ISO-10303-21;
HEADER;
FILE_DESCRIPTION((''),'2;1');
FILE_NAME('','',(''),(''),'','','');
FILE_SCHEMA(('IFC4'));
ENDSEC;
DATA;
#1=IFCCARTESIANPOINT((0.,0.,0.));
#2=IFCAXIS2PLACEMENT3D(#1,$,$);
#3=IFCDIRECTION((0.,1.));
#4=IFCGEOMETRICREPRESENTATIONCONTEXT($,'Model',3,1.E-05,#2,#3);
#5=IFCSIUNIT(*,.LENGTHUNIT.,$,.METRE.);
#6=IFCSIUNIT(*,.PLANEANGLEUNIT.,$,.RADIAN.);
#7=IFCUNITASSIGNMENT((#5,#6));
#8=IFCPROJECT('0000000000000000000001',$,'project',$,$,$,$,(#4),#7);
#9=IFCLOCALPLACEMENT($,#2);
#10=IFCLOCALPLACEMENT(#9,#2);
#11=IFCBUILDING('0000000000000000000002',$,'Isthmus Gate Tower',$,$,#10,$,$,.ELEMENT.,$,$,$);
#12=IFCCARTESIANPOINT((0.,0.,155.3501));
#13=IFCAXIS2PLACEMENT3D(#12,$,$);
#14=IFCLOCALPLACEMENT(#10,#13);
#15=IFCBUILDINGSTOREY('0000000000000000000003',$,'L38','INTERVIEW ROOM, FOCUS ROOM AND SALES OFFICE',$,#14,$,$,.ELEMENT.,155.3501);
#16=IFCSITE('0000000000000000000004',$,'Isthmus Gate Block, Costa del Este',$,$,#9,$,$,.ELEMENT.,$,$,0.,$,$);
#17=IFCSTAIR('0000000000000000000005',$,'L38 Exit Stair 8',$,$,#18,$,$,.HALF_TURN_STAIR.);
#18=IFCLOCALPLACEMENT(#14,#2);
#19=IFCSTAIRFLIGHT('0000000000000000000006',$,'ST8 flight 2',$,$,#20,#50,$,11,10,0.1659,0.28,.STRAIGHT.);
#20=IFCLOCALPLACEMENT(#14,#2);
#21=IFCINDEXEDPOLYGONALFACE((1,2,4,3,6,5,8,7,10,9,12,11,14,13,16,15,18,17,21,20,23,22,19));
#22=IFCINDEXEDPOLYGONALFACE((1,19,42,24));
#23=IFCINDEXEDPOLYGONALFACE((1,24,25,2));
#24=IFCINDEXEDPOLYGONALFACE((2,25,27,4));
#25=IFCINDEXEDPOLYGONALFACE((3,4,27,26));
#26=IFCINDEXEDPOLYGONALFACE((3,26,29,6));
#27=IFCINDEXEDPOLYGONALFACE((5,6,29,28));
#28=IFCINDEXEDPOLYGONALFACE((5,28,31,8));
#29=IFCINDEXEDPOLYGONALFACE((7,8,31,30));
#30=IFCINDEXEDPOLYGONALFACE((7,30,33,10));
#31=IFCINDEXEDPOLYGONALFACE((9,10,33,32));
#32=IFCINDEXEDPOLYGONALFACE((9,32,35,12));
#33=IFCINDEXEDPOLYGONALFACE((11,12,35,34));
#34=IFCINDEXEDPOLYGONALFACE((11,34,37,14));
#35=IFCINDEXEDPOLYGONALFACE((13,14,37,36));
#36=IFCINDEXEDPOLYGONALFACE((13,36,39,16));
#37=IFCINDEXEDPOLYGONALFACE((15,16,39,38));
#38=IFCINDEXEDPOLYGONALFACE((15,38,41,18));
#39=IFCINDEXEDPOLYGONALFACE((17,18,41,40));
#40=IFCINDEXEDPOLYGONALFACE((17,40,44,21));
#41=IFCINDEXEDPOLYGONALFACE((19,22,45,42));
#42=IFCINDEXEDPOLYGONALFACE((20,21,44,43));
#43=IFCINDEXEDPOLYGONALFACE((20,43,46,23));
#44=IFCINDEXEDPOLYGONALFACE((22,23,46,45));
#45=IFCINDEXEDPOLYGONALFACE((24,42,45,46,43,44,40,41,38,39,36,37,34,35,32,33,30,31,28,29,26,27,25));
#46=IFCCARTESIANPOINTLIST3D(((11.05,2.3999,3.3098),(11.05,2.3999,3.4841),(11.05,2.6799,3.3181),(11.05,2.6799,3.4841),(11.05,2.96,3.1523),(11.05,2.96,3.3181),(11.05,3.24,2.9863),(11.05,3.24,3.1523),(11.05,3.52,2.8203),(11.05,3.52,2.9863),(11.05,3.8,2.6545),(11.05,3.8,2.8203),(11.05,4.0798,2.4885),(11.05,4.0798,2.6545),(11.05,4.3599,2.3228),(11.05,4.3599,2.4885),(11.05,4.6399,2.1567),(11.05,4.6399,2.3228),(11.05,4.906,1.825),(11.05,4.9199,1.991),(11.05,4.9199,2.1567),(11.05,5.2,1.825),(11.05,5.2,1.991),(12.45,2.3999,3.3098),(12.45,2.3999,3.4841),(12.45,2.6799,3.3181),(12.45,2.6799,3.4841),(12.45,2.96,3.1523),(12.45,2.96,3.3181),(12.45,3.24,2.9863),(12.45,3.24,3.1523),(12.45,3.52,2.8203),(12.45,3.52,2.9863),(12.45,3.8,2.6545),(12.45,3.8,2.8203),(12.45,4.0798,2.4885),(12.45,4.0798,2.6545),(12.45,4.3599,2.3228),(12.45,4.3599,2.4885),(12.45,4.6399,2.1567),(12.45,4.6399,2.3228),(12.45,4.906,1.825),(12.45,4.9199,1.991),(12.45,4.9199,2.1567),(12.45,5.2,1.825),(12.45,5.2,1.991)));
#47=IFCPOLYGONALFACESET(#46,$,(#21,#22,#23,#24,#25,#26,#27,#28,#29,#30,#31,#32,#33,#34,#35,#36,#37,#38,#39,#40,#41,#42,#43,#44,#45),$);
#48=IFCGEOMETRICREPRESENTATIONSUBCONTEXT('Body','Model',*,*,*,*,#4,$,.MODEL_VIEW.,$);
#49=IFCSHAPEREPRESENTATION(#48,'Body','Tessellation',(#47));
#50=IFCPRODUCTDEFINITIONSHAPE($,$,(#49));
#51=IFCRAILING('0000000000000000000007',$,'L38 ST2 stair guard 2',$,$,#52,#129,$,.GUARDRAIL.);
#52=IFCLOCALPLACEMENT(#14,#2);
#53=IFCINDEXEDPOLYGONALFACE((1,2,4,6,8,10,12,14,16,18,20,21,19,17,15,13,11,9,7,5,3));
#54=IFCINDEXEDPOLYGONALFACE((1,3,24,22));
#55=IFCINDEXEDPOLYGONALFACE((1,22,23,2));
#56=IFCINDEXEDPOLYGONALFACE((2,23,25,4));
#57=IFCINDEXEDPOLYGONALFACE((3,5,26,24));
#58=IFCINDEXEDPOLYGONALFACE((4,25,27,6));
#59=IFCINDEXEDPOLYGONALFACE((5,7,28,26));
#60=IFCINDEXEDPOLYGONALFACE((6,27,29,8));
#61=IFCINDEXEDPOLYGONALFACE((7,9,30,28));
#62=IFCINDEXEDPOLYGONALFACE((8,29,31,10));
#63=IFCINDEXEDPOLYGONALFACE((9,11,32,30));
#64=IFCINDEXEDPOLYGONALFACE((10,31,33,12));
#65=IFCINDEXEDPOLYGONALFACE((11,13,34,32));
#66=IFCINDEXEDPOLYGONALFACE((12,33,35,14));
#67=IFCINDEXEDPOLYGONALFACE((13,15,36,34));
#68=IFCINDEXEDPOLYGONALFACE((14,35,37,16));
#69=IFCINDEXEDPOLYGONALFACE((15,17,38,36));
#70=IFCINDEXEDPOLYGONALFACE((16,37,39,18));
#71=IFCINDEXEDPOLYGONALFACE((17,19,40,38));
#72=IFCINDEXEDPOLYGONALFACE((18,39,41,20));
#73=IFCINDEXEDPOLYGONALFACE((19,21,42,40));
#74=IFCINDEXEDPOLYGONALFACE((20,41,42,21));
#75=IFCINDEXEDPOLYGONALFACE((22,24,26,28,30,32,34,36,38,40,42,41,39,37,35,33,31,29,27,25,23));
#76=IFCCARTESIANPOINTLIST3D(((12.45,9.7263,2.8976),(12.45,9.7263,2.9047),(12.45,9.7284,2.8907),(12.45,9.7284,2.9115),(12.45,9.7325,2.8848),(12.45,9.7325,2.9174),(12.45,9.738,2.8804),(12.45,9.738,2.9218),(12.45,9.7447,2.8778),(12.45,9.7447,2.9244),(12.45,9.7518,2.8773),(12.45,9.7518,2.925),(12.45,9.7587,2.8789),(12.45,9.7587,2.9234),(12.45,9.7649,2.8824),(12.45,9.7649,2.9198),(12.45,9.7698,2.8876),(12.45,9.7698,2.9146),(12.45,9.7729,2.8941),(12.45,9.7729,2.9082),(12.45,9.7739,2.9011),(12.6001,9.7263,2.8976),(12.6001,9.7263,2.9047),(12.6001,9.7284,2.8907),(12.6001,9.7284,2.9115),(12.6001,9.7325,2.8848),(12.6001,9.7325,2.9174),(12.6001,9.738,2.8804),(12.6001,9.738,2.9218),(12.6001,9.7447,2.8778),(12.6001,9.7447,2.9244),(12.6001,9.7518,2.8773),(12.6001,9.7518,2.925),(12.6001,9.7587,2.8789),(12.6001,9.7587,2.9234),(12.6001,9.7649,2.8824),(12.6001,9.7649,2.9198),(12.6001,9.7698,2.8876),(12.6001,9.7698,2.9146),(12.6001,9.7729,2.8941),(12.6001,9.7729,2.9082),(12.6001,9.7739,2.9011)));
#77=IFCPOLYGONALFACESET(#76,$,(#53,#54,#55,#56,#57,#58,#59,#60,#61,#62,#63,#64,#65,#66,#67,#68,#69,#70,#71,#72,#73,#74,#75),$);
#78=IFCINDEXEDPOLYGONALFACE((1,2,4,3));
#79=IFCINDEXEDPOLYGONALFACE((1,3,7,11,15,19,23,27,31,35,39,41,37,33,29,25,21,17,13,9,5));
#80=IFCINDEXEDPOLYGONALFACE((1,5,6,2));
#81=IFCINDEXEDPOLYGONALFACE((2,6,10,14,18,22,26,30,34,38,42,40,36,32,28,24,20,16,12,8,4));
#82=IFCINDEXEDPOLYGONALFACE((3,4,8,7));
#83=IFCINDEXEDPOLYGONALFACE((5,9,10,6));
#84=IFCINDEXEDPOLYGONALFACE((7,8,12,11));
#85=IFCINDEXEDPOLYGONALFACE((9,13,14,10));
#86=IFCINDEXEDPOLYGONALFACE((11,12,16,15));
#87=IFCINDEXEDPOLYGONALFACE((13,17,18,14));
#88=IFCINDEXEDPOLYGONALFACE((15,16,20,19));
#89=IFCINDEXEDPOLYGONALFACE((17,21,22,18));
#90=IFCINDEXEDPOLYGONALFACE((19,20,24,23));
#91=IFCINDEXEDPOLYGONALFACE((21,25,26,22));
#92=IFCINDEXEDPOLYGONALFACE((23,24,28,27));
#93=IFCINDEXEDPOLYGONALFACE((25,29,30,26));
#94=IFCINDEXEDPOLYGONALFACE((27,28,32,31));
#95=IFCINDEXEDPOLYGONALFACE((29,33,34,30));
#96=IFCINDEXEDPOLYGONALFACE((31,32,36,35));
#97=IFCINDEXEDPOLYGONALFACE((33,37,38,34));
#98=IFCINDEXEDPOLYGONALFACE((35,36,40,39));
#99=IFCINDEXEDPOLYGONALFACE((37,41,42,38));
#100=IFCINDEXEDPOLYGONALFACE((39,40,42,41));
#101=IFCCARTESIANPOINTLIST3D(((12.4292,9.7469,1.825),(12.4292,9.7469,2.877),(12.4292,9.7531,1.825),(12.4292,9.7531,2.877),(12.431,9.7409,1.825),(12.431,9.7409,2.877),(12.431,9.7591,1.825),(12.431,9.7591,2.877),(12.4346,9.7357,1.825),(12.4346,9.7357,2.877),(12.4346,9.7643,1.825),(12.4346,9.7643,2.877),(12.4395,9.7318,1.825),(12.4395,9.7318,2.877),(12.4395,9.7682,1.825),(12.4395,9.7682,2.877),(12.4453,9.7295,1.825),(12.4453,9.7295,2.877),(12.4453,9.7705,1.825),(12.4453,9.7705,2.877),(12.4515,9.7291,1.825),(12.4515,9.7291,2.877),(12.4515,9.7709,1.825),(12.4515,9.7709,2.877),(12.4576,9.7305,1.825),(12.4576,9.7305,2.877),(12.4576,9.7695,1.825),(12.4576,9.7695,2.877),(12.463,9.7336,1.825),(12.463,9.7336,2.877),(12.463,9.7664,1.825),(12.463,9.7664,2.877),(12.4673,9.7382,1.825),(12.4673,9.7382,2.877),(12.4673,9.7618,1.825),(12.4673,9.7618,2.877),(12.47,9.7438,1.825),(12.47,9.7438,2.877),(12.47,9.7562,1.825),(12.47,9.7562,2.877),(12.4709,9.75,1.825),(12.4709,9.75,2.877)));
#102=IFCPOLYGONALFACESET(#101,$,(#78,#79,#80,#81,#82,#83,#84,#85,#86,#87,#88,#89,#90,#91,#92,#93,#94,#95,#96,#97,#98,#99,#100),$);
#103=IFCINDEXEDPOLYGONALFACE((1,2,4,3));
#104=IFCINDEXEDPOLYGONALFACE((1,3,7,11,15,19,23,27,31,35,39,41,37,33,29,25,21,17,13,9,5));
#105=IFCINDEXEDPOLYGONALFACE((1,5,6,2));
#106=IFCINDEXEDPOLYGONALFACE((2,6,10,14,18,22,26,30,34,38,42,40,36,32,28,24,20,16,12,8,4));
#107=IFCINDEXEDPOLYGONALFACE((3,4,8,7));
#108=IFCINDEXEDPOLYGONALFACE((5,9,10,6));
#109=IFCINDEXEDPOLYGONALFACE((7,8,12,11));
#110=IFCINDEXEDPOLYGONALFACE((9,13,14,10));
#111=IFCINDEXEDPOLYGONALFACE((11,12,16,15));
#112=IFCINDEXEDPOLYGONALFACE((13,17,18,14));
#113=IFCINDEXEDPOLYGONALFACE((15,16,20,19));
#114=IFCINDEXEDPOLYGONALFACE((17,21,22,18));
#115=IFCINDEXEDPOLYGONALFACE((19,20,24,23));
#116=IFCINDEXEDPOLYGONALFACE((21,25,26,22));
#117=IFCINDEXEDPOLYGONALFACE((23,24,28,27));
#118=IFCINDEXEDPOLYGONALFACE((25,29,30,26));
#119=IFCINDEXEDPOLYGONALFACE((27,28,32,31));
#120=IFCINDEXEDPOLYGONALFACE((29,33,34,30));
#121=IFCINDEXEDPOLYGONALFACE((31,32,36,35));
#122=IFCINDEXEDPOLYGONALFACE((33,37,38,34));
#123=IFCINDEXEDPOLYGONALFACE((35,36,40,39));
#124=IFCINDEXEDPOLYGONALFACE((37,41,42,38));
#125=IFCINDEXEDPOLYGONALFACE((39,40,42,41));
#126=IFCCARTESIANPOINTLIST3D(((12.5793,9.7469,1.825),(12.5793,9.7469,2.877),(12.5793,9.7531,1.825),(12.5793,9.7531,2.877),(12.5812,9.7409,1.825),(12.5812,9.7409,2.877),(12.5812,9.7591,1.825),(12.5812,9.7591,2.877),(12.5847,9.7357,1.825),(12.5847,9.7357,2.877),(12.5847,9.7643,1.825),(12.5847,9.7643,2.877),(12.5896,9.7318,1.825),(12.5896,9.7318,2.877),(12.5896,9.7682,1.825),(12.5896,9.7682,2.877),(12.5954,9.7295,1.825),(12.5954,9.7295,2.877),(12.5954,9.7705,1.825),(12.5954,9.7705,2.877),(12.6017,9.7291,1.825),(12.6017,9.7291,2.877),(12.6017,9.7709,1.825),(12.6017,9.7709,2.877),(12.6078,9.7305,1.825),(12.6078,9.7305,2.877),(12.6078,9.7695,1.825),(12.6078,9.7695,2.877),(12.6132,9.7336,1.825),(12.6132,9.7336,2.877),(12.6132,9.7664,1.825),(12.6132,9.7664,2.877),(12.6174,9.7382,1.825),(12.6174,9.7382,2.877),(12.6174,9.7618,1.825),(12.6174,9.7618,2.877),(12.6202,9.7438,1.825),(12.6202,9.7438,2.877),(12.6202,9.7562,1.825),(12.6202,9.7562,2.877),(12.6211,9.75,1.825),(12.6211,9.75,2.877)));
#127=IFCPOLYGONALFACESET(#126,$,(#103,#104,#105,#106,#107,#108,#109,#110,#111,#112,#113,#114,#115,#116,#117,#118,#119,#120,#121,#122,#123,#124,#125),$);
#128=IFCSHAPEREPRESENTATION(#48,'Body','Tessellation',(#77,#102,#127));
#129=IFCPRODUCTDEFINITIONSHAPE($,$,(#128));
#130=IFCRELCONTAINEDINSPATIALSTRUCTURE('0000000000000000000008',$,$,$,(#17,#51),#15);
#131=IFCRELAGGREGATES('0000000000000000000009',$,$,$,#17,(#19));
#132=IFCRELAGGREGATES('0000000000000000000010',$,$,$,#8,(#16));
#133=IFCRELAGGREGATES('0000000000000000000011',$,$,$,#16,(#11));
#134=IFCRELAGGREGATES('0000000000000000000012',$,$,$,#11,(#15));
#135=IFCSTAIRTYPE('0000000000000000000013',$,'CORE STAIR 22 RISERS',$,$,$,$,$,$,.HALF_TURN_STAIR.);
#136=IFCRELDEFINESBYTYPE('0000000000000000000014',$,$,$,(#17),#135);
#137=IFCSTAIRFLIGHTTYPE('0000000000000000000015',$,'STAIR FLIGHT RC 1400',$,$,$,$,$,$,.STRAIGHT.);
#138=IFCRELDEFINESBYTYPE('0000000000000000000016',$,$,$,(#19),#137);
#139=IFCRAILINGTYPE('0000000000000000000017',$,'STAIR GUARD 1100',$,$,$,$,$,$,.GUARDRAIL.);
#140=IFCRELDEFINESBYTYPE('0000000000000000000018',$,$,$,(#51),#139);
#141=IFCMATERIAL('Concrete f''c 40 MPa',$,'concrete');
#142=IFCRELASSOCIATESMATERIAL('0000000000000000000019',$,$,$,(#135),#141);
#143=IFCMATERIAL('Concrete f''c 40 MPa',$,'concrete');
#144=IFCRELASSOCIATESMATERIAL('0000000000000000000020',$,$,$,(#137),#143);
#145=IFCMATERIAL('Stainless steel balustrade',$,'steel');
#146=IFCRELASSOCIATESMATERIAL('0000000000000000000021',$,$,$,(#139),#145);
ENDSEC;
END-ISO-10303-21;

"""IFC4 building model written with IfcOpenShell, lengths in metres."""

from ifc_helpers import new_model, si_unit, direction, frame, origin, origin_2d, place, context, subcontext, project, spatial, polyline, circle, outline, extrude, material, type_object, element, aggregate, save


model = new_model("IFC4")

# Units and contexts
model_context = context("Model", 3, precision=1e-05, world=origin(), true_north=direction((0.0, 1.0)))
body_context = subcontext(model_context, "Body", "Model", "MODEL_VIEW")
ifc_project = project(units=[si_unit("LENGTHUNIT", "METRE"), si_unit("PLANEANGLEUNIT", "RADIAN")], contexts=[model_context])

# Site, building, storey
site_placement = place(None, origin())
site = spatial("IfcSite", under=ifc_project, at=site_placement, Name="Isthmus Gate Block, Costa del Este", CompositionType="ELEMENT", RefElevation=0.0)
building_placement = place(site_placement, origin())
building = spatial("IfcBuilding", under=site, at=building_placement, Name="Isthmus Gate Tower", CompositionType="ELEMENT")
storey_placement = place(building_placement, frame((0.0, 0.0, 155.3501)))
storey = spatial("IfcBuildingStorey", under=building, at=storey_placement, Name="L38", Description="INTERVIEW ROOM, FOCUS ROOM AND SALES OFFICE", CompositionType="ELEMENT", Elevation=155.3501)

# Stair, stair flight
ifc_material_1 = material(Name="Concrete f'c 40 MPa", Category="concrete")
stair_type = type_object("IfcStairType", Name="CORE STAIR 22 RISERS", PredefinedType="HALF_TURN_STAIR", material=ifc_material_1)
stair_placement = place(storey_placement, origin())
stair = element("IfcStair", 1, at=stair_placement, inside=storey, type_object=stair_type, Name="L38 Exit Stair 8", PredefinedType="HALF_TURN_STAIR")
ifc_material_2 = material(Name="Concrete f'c 40 MPa", Category="concrete")
stair_flight_type = type_object("IfcStairFlightType", Name="STAIR FLIGHT RC 1400", PredefinedType="STRAIGHT", material=ifc_material_2)
stair_flight_placement = place(storey_placement, frame((11.75, 5.2, 1.825), z_axis=(0.0, 0.0, 1.0), x_axis=(0.0, -1.0, 0.0)))
stair_flight = element("IfcStairFlight", 2, at=stair_flight_placement, type_object=stair_flight_type, Name="ST8 flight 2", NumberOfRisers=11, NumberOfTreads=10, PredefinedType="STRAIGHT", RiserHeight=0.1659, TreadLength=0.28, context=body_context, shape_type="SweptSolid", body=[
    extrude(outline(polyline([(0.0, 0.0), (0.0, 0.166), (0.28, 0.166), (0.28, 0.3318), (0.5601, 0.3318), (0.5601, 0.4978), (0.8401, 0.4978), (0.8401, 0.6636), (1.1201, 0.6636), (1.1201, 0.8296), (1.3999, 0.8296), (1.3999, 0.9954), (1.6799, 0.9954), (1.6799, 1.1614), (1.96, 1.1614), (1.96, 1.3274), (2.24, 1.3274), (2.24, 1.4932), (2.52, 1.4932), (2.52, 1.6592), (2.8, 1.6592), (2.8, 1.825), (2.8, 1.4849), (0.2939, 0.0), (0.0, 0.0)])), frame((0.0, 0.7, 0.0), z_axis=(0.0, -1.0, 0.0), x_axis=(1.0, 0.0, 0.0)), (0.0, 0.0, 1.0), 1.3999),
])
aggregate(stair, [stair_flight])

# Railing
ifc_material_3 = material(Name="Stainless steel balustrade", Category="steel")
railing_type_1 = type_object("IfcRailingType", Name="STAIR GUARD 1100", PredefinedType="GUARDRAIL", material=ifc_material_3)
railing_1_placement = place(storey_placement, frame((12.45, 9.75, 1.825)))
element("IfcRailing", 3, at=railing_1_placement, inside=storey, type_object=railing_type_1, Name="L38 ST2 stair guard 2", PredefinedType="GUARDRAIL", context=body_context, shape_type="SweptSolid", body=[
    extrude(circle(Radius=0.0239, at=origin_2d()), frame((0.0, 0.0, 1.0762), z_axis=(1.0, 0.0, 0.0), x_axis=(0.0, 1.0, 0.0)), (0.0, 0.0, 1.0), 0.1501),
    extrude(circle(Radius=0.021, at=origin_2d()), origin(), (0.0, 0.0, 1.0), 1.052),
    extrude(circle(Radius=0.021, at=origin_2d()), frame((0.1501, 0.0, 0.0)), (0.0, 0.0, 1.0), 1.052),
])

save(model, "model.ifc")
